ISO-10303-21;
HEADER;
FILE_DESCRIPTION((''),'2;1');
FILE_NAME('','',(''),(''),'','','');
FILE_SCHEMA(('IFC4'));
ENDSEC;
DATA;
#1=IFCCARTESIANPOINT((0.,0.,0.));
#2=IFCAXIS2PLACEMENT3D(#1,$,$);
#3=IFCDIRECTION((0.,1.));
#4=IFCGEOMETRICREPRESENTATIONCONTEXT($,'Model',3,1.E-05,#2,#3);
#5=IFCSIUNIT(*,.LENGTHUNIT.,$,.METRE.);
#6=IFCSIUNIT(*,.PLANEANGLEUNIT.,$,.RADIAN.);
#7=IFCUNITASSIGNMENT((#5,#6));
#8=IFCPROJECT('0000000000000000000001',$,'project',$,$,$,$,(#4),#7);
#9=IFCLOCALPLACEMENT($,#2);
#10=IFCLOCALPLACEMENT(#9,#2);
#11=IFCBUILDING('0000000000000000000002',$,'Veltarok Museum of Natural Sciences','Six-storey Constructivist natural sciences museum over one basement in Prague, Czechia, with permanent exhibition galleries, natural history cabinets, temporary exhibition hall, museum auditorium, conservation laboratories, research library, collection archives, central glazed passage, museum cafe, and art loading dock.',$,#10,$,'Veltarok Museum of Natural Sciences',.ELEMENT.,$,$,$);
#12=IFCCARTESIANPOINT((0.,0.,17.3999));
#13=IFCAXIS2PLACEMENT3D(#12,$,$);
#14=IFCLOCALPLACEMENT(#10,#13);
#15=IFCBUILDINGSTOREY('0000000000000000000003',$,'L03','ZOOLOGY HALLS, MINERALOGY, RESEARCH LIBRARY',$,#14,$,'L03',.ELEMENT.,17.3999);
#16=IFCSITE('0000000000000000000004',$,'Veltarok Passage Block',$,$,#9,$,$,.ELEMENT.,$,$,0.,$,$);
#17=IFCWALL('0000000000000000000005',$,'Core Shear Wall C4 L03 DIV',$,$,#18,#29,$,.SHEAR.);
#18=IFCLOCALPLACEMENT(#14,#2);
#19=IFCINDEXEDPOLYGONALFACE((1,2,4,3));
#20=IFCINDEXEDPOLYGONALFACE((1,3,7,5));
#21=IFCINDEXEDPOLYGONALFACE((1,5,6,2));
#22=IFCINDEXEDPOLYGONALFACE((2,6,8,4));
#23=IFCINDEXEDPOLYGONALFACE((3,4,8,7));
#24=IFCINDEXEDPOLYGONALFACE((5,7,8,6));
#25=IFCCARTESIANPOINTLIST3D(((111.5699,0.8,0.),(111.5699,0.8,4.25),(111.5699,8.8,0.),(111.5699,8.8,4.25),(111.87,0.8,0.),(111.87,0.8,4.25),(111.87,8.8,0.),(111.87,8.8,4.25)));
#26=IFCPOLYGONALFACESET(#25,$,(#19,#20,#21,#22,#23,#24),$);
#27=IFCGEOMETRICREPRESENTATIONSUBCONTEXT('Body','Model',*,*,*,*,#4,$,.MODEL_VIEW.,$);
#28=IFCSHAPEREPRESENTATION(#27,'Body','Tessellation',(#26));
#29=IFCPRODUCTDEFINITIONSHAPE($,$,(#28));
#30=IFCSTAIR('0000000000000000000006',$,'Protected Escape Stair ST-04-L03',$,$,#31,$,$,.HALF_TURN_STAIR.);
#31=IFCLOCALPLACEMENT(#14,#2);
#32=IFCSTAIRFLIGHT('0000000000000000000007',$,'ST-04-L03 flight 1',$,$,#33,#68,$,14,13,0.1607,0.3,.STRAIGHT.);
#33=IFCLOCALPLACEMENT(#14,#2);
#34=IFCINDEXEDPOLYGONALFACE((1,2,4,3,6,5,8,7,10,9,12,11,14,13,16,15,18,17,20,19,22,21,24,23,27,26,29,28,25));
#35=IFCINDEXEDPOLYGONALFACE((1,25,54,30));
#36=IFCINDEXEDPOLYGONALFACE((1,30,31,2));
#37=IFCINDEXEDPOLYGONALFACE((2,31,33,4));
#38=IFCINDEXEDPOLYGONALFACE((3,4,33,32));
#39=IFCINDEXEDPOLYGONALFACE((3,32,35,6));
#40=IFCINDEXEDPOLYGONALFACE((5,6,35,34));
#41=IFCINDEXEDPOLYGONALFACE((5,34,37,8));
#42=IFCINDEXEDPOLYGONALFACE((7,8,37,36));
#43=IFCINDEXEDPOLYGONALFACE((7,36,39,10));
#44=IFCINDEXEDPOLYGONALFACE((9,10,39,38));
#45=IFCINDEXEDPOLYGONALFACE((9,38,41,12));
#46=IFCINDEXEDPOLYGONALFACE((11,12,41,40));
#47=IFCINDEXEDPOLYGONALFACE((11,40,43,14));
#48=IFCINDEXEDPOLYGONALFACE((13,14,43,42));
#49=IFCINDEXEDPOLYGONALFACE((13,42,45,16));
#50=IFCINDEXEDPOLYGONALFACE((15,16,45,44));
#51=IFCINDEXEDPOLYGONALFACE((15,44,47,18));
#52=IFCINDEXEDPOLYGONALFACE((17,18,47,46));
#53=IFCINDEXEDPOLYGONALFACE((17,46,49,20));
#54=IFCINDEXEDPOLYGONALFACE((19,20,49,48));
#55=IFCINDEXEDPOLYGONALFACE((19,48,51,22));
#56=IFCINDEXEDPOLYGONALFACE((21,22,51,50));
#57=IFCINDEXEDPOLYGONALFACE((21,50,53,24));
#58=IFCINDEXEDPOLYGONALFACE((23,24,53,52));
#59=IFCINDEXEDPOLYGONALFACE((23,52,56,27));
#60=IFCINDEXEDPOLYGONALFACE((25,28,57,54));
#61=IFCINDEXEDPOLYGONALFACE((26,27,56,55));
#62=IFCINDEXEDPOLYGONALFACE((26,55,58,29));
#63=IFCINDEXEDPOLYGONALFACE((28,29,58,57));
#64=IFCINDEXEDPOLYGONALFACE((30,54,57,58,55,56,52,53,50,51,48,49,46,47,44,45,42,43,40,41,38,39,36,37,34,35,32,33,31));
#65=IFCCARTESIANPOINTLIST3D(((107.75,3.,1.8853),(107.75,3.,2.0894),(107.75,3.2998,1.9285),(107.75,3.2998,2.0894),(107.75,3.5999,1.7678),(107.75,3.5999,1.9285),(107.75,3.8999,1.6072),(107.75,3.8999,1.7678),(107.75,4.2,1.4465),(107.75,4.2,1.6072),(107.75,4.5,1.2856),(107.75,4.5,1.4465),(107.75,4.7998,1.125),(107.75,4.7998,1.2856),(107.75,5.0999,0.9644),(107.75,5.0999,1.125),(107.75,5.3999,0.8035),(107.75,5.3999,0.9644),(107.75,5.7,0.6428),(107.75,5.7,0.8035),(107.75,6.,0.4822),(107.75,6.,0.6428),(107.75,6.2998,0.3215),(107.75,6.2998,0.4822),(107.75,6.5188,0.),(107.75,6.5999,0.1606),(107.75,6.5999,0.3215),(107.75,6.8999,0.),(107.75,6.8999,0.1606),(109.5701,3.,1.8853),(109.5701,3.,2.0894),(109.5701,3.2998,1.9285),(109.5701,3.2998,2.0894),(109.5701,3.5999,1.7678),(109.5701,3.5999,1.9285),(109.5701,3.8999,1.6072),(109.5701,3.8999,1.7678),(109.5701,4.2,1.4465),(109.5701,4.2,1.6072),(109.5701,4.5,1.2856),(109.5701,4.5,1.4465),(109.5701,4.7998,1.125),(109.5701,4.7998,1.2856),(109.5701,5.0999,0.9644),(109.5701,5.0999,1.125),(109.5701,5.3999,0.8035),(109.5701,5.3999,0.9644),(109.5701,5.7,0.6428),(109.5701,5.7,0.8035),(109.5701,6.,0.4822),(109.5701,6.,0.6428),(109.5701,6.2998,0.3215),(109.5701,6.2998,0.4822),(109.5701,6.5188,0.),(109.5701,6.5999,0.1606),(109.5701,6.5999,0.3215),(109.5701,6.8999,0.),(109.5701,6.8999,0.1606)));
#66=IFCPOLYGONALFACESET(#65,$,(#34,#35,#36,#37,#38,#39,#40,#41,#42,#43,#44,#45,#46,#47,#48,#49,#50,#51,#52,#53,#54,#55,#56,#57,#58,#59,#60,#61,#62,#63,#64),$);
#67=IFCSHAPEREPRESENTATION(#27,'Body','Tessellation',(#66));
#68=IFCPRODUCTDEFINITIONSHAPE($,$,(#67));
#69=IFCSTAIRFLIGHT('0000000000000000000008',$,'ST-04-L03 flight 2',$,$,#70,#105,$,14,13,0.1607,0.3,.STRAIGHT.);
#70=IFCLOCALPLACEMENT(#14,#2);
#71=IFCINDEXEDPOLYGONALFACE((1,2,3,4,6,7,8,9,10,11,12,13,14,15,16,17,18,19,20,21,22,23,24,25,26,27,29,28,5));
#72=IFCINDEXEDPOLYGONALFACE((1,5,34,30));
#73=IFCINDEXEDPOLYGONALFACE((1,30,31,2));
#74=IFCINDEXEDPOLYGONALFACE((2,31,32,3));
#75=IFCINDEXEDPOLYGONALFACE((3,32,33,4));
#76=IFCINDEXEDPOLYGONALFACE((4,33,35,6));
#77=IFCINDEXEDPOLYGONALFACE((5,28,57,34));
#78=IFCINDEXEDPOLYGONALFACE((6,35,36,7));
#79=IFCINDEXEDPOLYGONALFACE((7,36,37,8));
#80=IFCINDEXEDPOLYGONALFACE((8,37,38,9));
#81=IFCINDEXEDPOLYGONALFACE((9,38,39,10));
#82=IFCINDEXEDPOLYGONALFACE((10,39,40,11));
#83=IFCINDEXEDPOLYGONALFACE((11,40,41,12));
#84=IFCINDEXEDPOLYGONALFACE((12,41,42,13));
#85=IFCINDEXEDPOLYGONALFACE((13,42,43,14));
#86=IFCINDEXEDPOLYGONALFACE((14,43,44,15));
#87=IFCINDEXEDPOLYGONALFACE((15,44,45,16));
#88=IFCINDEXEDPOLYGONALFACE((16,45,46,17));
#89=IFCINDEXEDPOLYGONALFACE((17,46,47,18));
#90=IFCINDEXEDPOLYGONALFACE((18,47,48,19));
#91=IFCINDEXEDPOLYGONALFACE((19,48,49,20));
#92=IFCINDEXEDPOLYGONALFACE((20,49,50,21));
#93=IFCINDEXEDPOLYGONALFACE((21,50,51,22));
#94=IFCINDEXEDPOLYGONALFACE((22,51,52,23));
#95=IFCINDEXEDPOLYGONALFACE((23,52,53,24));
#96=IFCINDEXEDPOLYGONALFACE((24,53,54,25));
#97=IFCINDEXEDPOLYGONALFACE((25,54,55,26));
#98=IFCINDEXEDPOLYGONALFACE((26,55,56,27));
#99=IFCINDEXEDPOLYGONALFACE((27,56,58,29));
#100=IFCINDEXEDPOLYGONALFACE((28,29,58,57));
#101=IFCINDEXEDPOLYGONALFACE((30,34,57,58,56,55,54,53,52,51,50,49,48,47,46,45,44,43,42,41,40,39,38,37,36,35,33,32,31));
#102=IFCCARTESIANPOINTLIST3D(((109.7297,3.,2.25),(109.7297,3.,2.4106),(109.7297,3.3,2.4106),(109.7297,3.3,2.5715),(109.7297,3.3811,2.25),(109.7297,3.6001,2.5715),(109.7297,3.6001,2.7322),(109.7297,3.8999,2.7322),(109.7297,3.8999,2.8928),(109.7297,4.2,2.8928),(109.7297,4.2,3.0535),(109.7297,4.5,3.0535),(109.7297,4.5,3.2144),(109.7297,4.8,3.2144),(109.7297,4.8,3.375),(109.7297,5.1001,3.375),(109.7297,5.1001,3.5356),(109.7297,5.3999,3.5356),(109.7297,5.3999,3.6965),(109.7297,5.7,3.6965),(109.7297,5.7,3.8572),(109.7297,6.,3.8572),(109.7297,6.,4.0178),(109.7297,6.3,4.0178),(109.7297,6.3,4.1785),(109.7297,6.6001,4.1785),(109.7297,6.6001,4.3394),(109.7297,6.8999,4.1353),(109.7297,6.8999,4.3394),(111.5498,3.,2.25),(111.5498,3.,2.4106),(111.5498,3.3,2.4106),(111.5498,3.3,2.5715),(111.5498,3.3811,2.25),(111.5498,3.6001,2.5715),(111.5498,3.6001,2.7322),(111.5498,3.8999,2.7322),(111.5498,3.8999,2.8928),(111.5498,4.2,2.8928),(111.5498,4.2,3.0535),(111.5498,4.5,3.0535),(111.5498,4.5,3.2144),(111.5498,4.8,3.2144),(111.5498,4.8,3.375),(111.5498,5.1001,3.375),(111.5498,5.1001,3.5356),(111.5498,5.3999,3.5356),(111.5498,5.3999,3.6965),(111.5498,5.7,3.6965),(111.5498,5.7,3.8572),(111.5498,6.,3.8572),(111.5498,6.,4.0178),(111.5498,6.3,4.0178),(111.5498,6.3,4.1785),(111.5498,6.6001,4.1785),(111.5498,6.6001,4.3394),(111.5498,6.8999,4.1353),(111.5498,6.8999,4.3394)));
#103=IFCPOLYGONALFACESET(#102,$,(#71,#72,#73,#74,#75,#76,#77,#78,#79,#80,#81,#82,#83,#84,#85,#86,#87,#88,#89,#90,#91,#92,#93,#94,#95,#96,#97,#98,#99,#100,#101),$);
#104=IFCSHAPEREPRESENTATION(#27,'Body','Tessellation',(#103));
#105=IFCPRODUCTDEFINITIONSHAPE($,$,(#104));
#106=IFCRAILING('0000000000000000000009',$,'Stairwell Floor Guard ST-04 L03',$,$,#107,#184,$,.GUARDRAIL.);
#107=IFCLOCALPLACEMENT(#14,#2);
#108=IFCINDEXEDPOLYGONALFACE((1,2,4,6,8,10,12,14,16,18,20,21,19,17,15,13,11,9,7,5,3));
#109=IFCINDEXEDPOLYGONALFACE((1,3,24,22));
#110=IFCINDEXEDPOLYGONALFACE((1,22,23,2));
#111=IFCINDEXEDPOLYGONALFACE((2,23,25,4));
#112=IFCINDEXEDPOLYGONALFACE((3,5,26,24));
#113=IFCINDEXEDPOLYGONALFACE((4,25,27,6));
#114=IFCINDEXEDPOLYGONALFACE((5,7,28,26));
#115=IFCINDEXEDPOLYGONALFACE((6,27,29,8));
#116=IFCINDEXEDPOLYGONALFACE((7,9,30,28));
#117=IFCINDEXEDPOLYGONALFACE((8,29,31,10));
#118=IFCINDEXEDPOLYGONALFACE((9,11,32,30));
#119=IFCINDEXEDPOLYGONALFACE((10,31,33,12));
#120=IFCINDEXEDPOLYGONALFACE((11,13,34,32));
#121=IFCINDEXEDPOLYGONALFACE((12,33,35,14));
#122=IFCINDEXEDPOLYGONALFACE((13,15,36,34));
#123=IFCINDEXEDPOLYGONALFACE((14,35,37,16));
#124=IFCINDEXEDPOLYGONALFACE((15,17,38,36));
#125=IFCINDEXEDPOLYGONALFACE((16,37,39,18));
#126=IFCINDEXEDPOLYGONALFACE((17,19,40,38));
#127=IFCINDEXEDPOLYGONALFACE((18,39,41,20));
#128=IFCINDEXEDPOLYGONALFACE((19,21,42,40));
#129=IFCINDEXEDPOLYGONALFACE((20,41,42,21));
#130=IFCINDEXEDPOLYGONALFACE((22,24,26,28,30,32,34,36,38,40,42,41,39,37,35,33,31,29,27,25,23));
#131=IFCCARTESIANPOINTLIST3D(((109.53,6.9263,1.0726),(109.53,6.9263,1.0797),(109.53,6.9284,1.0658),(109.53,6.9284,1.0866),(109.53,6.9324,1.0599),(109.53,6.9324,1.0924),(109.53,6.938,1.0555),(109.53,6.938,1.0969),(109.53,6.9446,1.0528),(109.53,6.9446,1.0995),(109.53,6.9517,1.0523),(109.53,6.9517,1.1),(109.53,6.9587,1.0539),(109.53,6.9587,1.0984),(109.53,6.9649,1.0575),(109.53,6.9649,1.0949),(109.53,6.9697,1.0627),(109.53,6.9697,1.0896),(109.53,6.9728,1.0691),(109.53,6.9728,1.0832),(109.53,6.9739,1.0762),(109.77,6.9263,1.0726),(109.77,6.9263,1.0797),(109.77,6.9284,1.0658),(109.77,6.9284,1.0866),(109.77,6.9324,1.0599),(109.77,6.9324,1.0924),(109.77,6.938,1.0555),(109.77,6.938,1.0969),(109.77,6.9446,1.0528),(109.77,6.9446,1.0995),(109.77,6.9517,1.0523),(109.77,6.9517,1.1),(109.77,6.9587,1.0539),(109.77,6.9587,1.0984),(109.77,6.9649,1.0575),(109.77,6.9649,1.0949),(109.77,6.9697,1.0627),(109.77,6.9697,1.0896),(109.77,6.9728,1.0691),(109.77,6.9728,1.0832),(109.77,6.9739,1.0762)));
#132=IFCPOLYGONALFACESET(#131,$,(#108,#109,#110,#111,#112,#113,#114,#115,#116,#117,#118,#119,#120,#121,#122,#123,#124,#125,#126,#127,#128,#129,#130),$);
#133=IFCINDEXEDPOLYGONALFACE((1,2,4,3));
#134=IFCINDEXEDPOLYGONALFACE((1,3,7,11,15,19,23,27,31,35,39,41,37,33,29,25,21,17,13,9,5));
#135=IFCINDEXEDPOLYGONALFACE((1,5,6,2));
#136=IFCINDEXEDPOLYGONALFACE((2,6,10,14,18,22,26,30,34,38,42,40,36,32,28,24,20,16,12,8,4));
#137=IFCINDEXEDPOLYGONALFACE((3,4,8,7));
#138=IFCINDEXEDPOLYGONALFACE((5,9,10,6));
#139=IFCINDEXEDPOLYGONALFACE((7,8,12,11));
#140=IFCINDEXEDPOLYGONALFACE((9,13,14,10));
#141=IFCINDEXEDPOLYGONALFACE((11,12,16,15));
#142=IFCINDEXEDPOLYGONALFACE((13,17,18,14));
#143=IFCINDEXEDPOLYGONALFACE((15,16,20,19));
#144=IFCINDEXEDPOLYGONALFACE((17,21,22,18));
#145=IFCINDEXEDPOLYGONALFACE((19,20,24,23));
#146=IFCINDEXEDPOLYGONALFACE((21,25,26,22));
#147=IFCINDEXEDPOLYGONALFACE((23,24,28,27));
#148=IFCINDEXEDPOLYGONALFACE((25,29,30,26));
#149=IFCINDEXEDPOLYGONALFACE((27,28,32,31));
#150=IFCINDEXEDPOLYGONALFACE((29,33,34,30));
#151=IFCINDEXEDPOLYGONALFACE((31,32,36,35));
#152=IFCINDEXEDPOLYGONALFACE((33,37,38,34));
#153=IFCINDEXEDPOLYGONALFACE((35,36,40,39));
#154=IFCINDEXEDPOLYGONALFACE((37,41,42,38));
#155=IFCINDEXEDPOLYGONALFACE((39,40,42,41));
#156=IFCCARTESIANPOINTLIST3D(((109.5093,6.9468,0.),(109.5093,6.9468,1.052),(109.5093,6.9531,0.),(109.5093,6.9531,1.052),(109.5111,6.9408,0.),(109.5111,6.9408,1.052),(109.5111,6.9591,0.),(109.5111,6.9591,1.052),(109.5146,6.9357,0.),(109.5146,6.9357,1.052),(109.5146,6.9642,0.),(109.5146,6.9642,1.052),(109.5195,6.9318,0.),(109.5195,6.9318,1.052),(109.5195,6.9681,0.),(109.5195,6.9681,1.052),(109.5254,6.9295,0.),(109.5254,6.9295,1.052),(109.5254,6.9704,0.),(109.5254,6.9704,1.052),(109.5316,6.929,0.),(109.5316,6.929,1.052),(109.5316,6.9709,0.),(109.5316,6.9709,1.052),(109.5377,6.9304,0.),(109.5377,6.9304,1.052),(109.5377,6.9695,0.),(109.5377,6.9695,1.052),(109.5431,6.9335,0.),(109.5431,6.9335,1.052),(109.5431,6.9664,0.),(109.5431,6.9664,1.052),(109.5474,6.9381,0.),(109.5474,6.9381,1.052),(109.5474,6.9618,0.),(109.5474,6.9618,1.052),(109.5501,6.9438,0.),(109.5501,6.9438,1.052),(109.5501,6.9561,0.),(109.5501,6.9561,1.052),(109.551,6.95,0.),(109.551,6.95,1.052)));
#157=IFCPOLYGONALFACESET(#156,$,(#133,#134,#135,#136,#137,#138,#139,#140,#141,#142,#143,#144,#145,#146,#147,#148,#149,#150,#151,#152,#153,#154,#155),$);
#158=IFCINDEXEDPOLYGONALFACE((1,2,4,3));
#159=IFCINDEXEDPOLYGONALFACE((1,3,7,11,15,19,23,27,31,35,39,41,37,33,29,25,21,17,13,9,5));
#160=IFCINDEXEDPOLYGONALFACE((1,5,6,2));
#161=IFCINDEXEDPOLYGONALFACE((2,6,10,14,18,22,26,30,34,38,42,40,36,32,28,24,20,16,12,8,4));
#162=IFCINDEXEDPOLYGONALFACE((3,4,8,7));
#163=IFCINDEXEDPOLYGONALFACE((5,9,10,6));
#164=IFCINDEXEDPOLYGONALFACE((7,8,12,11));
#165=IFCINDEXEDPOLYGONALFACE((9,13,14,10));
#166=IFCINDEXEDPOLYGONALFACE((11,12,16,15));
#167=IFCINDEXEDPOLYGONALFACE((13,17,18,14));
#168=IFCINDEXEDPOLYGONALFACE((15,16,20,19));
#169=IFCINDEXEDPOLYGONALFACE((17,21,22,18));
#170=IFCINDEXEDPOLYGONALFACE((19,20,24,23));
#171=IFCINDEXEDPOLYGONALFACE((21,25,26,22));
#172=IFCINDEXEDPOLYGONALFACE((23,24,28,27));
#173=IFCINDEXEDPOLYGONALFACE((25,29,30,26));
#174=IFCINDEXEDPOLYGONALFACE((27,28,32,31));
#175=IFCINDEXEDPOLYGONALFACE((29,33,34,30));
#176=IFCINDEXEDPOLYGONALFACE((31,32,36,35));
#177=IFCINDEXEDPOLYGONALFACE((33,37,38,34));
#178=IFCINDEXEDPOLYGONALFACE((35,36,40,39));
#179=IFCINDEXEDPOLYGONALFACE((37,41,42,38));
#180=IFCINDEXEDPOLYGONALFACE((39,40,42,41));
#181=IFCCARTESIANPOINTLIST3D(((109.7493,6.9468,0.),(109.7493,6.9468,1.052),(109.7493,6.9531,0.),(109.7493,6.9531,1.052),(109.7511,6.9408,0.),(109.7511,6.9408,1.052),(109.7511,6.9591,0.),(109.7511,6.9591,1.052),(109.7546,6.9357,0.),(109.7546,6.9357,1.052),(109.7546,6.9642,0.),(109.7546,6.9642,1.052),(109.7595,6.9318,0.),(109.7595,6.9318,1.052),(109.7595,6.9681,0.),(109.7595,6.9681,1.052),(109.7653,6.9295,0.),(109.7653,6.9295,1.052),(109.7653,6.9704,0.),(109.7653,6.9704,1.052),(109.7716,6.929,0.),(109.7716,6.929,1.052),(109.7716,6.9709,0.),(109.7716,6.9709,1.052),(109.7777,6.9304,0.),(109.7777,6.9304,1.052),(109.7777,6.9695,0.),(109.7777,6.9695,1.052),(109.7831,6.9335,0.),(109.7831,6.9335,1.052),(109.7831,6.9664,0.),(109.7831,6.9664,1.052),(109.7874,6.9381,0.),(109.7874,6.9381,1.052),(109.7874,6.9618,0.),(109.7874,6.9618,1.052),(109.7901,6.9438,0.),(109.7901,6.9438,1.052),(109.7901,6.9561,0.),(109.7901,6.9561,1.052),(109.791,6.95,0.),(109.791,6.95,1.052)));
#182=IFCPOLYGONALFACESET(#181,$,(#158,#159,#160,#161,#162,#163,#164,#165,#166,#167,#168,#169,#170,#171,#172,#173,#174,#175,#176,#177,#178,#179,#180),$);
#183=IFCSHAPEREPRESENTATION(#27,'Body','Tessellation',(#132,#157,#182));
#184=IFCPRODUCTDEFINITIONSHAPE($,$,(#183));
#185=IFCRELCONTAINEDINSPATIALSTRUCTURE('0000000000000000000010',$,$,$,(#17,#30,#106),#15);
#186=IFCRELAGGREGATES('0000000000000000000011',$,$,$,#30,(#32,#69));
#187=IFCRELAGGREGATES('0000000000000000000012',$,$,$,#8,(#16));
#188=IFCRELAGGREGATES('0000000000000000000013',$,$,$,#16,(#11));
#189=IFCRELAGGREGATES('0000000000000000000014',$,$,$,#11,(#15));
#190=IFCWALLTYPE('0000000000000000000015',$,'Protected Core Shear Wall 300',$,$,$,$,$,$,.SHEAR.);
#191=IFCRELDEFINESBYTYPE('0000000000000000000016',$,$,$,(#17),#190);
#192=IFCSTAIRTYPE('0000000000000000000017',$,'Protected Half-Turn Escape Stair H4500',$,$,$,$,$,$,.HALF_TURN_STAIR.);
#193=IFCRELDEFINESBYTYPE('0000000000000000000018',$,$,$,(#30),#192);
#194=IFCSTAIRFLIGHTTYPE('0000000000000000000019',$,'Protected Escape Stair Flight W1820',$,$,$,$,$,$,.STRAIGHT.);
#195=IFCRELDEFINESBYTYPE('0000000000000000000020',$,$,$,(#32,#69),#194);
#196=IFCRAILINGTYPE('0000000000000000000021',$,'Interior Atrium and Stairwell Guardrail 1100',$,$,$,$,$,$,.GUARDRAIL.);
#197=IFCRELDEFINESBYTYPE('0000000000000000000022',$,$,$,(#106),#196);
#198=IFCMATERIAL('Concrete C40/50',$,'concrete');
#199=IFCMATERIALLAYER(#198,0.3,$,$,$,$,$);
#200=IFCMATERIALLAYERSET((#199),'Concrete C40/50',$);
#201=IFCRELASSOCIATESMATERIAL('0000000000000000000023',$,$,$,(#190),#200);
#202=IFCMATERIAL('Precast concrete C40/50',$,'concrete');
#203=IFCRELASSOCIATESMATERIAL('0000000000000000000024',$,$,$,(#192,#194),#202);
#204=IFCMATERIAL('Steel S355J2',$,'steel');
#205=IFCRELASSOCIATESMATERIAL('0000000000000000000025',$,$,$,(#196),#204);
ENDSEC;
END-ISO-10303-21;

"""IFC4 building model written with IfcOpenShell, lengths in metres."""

from ifc_helpers import new_model, si_unit, direction, frame, frame_2d, origin, origin_2d, place, context, subcontext, project, spatial, polyline, rectangle, circle, outline, extrude, material, layer, layer_set, type_object, element, aggregate, save


model = new_model("IFC4")

# Units and contexts
model_context = context("Model", 3, precision=1e-05, world=origin(), true_north=direction((0.0, 1.0)))
body_context = subcontext(model_context, "Body", "Model", "MODEL_VIEW")
ifc_project = project(units=[si_unit("LENGTHUNIT", "METRE"), si_unit("PLANEANGLEUNIT", "RADIAN")], contexts=[model_context])

# Site, building, storey
site_placement = place(None, origin())
site = spatial("IfcSite", under=ifc_project, at=site_placement, Name="Veltarok Passage Block", CompositionType="ELEMENT", RefElevation=0.0)
building_placement = place(site_placement, origin())
building = spatial("IfcBuilding", under=site, at=building_placement, Name="Veltarok Museum of Natural Sciences", Description="Six-storey Constructivist natural sciences museum over one basement in Prague, Czechia, with permanent exhibition galleries, natural history cabinets, temporary exhibition hall, museum auditorium, conservation laboratories, research library, collection archives, central glazed passage, museum cafe, and art loading dock.", LongName="Veltarok Museum of Natural Sciences", CompositionType="ELEMENT")
storey_placement = place(building_placement, frame((0.0, 0.0, 17.3999)))
storey = spatial("IfcBuildingStorey", under=building, at=storey_placement, Name="L03", Description="ZOOLOGY HALLS, MINERALOGY, RESEARCH LIBRARY", LongName="L03", CompositionType="ELEMENT", Elevation=17.3999)

# Shared definitions
ifc_material_1 = material(Name="Concrete C40/50", Category="concrete")

# Shared definitions
ifc_material_2 = material(Name="Precast concrete C40/50", Category="concrete")
ifc_material_3 = material(Name="Steel S355J2", Category="steel")

# Wall
ifc_layer_1 = layer(ifc_material_1, 0.3)
ifc_layer_set_1 = layer_set([ifc_layer_1], Name="Concrete C40/50")
wall_type_1 = type_object("IfcWallType", Name="Protected Core Shear Wall 300", PredefinedType="SHEAR", material=ifc_layer_set_1)
for number, where, z_axis, x_axis, name in (
    (1, (111.72, 0.8, 0.0), (0.0, 0.0, 1.0), (0.0, 1.0, 0.0), "Core Shear Wall C4 L03 DIV"),
):
    element("IfcWall", number, at=place(storey_placement, frame(where, z_axis=z_axis, x_axis=x_axis)), inside=storey, type_object=wall_type_1, Name=name, PredefinedType="SHEAR", context=body_context, shape_type="SweptSolid", body=[
        extrude(rectangle(XDim=8.0, YDim=0.3, at=frame_2d((4.0, 0.0))), origin(), (0.0, 0.0, 1.0), 4.25),
    ])

# Stair, stair flights
stair_type = type_object("IfcStairType", Name="Protected Half-Turn Escape Stair H4500", PredefinedType="HALF_TURN_STAIR", material=ifc_material_2)
stair_placement = place(storey_placement, origin())
stair = element("IfcStair", 2, at=stair_placement, inside=storey, type_object=stair_type, Name="Protected Escape Stair ST-04-L03", PredefinedType="HALF_TURN_STAIR")
stair_flight_type = type_object("IfcStairFlightType", Name="Protected Escape Stair Flight W1820", PredefinedType="STRAIGHT", material=ifc_material_2)
stair_flight_1_placement = place(storey_placement, frame((108.6599, 6.8999, 0.0), z_axis=(0.0, 0.0, 1.0), x_axis=(0.0, -1.0, 0.0)))
stair_flight_1 = element("IfcStairFlight", 3, at=stair_flight_1_placement, type_object=stair_flight_type, Name="ST-04-L03 flight 1", NumberOfRisers=14, NumberOfTreads=13, PredefinedType="STRAIGHT", RiserHeight=0.1607, TreadLength=0.3, context=body_context, shape_type="SweptSolid", body=[
    extrude(outline(polyline([(0.0, 0.0), (0.0, 0.1606), (0.3, 0.1606), (0.3, 0.3215), (0.6001, 0.3215), (0.6001, 0.4822), (0.8999, 0.4822), (0.8999, 0.6428), (1.2, 0.6428), (1.2, 0.8035), (1.5, 0.8035), (1.5, 0.9644), (1.8, 0.9644), (1.8, 1.125), (2.1001, 1.125), (2.1001, 1.2856), (2.3999, 1.2856), (2.3999, 1.4465), (2.7, 1.4465), (2.7, 1.6072), (3.0, 1.6072), (3.0, 1.7678), (3.3, 1.7678), (3.3, 1.9285), (3.6001, 1.9285), (3.6001, 2.0894), (3.8999, 2.0894), (3.8999, 2.25), (3.8999, 1.8853), (0.3811, 0.0), (0.0, 0.0)])), frame((0.0, 0.9102, 0.0), z_axis=(0.0, -1.0, 0.0), x_axis=(1.0, 0.0, 0.0)), (0.0, 0.0, 1.0), 1.8201),
])
stair_flight_2_placement = place(storey_placement, frame((110.6399, 3.0, 2.25), z_axis=(0.0, 0.0, 1.0), x_axis=(0.0, 1.0, 0.0)))
stair_flight_2 = element("IfcStairFlight", 4, at=stair_flight_2_placement, type_object=stair_flight_type, Name="ST-04-L03 flight 2", NumberOfRisers=14, NumberOfTreads=13, PredefinedType="STRAIGHT", RiserHeight=0.1607, TreadLength=0.3, context=body_context, shape_type="SweptSolid", body=[
    extrude(outline(polyline([(0.0, 0.0), (0.0, 0.1606), (0.3, 0.1606), (0.3, 0.3215), (0.6001, 0.3215), (0.6001, 0.4822), (0.8999, 0.4822), (0.8999, 0.6428), (1.2, 0.6428), (1.2, 0.8035), (1.5, 0.8035), (1.5, 0.9644), (1.8, 0.9644), (1.8, 1.125), (2.1001, 1.125), (2.1001, 1.2856), (2.3999, 1.2856), (2.3999, 1.4465), (2.7, 1.4465), (2.7, 1.6072), (3.0, 1.6072), (3.0, 1.7678), (3.3, 1.7678), (3.3, 1.9285), (3.6001, 1.9285), (3.6001, 2.0894), (3.8999, 2.0894), (3.8999, 2.25), (3.8999, 1.8853), (0.3811, 0.0), (0.0, 0.0)])), frame((0.0, 0.9102, 0.0), z_axis=(0.0, -1.0, 0.0), x_axis=(1.0, 0.0, 0.0)), (0.0, 0.0, 1.0), 1.8201),
])
aggregate(stair, [stair_flight_1, stair_flight_2])

# Railing
railing_type_1 = type_object("IfcRailingType", Name="Interior Atrium and Stairwell Guardrail 1100", PredefinedType="GUARDRAIL", material=ifc_material_3)
for number, where, name in (
    (5, (109.53, 6.95, 0.0), "Stairwell Floor Guard ST-04 L03"),
):
    element("IfcRailing", number, at=place(storey_placement, frame(where)), inside=storey, type_object=railing_type_1, Name=name, PredefinedType="GUARDRAIL", context=body_context, shape_type="SweptSolid", body=[
        extrude(circle(Radius=0.0239, at=origin_2d()), frame((0.0, 0.0, 1.0762), z_axis=(1.0, 0.0, 0.0), x_axis=(0.0, 1.0, 0.0)), (0.0, 0.0, 1.0), 0.24),
        extrude(circle(Radius=0.021, at=origin_2d()), origin(), (0.0, 0.0, 1.0), 1.052),
        extrude(circle(Radius=0.021, at=origin_2d()), frame((0.24, 0.0, 0.0)), (0.0, 0.0, 1.0), 1.052),
    ])

save(model, "model.ifc")
